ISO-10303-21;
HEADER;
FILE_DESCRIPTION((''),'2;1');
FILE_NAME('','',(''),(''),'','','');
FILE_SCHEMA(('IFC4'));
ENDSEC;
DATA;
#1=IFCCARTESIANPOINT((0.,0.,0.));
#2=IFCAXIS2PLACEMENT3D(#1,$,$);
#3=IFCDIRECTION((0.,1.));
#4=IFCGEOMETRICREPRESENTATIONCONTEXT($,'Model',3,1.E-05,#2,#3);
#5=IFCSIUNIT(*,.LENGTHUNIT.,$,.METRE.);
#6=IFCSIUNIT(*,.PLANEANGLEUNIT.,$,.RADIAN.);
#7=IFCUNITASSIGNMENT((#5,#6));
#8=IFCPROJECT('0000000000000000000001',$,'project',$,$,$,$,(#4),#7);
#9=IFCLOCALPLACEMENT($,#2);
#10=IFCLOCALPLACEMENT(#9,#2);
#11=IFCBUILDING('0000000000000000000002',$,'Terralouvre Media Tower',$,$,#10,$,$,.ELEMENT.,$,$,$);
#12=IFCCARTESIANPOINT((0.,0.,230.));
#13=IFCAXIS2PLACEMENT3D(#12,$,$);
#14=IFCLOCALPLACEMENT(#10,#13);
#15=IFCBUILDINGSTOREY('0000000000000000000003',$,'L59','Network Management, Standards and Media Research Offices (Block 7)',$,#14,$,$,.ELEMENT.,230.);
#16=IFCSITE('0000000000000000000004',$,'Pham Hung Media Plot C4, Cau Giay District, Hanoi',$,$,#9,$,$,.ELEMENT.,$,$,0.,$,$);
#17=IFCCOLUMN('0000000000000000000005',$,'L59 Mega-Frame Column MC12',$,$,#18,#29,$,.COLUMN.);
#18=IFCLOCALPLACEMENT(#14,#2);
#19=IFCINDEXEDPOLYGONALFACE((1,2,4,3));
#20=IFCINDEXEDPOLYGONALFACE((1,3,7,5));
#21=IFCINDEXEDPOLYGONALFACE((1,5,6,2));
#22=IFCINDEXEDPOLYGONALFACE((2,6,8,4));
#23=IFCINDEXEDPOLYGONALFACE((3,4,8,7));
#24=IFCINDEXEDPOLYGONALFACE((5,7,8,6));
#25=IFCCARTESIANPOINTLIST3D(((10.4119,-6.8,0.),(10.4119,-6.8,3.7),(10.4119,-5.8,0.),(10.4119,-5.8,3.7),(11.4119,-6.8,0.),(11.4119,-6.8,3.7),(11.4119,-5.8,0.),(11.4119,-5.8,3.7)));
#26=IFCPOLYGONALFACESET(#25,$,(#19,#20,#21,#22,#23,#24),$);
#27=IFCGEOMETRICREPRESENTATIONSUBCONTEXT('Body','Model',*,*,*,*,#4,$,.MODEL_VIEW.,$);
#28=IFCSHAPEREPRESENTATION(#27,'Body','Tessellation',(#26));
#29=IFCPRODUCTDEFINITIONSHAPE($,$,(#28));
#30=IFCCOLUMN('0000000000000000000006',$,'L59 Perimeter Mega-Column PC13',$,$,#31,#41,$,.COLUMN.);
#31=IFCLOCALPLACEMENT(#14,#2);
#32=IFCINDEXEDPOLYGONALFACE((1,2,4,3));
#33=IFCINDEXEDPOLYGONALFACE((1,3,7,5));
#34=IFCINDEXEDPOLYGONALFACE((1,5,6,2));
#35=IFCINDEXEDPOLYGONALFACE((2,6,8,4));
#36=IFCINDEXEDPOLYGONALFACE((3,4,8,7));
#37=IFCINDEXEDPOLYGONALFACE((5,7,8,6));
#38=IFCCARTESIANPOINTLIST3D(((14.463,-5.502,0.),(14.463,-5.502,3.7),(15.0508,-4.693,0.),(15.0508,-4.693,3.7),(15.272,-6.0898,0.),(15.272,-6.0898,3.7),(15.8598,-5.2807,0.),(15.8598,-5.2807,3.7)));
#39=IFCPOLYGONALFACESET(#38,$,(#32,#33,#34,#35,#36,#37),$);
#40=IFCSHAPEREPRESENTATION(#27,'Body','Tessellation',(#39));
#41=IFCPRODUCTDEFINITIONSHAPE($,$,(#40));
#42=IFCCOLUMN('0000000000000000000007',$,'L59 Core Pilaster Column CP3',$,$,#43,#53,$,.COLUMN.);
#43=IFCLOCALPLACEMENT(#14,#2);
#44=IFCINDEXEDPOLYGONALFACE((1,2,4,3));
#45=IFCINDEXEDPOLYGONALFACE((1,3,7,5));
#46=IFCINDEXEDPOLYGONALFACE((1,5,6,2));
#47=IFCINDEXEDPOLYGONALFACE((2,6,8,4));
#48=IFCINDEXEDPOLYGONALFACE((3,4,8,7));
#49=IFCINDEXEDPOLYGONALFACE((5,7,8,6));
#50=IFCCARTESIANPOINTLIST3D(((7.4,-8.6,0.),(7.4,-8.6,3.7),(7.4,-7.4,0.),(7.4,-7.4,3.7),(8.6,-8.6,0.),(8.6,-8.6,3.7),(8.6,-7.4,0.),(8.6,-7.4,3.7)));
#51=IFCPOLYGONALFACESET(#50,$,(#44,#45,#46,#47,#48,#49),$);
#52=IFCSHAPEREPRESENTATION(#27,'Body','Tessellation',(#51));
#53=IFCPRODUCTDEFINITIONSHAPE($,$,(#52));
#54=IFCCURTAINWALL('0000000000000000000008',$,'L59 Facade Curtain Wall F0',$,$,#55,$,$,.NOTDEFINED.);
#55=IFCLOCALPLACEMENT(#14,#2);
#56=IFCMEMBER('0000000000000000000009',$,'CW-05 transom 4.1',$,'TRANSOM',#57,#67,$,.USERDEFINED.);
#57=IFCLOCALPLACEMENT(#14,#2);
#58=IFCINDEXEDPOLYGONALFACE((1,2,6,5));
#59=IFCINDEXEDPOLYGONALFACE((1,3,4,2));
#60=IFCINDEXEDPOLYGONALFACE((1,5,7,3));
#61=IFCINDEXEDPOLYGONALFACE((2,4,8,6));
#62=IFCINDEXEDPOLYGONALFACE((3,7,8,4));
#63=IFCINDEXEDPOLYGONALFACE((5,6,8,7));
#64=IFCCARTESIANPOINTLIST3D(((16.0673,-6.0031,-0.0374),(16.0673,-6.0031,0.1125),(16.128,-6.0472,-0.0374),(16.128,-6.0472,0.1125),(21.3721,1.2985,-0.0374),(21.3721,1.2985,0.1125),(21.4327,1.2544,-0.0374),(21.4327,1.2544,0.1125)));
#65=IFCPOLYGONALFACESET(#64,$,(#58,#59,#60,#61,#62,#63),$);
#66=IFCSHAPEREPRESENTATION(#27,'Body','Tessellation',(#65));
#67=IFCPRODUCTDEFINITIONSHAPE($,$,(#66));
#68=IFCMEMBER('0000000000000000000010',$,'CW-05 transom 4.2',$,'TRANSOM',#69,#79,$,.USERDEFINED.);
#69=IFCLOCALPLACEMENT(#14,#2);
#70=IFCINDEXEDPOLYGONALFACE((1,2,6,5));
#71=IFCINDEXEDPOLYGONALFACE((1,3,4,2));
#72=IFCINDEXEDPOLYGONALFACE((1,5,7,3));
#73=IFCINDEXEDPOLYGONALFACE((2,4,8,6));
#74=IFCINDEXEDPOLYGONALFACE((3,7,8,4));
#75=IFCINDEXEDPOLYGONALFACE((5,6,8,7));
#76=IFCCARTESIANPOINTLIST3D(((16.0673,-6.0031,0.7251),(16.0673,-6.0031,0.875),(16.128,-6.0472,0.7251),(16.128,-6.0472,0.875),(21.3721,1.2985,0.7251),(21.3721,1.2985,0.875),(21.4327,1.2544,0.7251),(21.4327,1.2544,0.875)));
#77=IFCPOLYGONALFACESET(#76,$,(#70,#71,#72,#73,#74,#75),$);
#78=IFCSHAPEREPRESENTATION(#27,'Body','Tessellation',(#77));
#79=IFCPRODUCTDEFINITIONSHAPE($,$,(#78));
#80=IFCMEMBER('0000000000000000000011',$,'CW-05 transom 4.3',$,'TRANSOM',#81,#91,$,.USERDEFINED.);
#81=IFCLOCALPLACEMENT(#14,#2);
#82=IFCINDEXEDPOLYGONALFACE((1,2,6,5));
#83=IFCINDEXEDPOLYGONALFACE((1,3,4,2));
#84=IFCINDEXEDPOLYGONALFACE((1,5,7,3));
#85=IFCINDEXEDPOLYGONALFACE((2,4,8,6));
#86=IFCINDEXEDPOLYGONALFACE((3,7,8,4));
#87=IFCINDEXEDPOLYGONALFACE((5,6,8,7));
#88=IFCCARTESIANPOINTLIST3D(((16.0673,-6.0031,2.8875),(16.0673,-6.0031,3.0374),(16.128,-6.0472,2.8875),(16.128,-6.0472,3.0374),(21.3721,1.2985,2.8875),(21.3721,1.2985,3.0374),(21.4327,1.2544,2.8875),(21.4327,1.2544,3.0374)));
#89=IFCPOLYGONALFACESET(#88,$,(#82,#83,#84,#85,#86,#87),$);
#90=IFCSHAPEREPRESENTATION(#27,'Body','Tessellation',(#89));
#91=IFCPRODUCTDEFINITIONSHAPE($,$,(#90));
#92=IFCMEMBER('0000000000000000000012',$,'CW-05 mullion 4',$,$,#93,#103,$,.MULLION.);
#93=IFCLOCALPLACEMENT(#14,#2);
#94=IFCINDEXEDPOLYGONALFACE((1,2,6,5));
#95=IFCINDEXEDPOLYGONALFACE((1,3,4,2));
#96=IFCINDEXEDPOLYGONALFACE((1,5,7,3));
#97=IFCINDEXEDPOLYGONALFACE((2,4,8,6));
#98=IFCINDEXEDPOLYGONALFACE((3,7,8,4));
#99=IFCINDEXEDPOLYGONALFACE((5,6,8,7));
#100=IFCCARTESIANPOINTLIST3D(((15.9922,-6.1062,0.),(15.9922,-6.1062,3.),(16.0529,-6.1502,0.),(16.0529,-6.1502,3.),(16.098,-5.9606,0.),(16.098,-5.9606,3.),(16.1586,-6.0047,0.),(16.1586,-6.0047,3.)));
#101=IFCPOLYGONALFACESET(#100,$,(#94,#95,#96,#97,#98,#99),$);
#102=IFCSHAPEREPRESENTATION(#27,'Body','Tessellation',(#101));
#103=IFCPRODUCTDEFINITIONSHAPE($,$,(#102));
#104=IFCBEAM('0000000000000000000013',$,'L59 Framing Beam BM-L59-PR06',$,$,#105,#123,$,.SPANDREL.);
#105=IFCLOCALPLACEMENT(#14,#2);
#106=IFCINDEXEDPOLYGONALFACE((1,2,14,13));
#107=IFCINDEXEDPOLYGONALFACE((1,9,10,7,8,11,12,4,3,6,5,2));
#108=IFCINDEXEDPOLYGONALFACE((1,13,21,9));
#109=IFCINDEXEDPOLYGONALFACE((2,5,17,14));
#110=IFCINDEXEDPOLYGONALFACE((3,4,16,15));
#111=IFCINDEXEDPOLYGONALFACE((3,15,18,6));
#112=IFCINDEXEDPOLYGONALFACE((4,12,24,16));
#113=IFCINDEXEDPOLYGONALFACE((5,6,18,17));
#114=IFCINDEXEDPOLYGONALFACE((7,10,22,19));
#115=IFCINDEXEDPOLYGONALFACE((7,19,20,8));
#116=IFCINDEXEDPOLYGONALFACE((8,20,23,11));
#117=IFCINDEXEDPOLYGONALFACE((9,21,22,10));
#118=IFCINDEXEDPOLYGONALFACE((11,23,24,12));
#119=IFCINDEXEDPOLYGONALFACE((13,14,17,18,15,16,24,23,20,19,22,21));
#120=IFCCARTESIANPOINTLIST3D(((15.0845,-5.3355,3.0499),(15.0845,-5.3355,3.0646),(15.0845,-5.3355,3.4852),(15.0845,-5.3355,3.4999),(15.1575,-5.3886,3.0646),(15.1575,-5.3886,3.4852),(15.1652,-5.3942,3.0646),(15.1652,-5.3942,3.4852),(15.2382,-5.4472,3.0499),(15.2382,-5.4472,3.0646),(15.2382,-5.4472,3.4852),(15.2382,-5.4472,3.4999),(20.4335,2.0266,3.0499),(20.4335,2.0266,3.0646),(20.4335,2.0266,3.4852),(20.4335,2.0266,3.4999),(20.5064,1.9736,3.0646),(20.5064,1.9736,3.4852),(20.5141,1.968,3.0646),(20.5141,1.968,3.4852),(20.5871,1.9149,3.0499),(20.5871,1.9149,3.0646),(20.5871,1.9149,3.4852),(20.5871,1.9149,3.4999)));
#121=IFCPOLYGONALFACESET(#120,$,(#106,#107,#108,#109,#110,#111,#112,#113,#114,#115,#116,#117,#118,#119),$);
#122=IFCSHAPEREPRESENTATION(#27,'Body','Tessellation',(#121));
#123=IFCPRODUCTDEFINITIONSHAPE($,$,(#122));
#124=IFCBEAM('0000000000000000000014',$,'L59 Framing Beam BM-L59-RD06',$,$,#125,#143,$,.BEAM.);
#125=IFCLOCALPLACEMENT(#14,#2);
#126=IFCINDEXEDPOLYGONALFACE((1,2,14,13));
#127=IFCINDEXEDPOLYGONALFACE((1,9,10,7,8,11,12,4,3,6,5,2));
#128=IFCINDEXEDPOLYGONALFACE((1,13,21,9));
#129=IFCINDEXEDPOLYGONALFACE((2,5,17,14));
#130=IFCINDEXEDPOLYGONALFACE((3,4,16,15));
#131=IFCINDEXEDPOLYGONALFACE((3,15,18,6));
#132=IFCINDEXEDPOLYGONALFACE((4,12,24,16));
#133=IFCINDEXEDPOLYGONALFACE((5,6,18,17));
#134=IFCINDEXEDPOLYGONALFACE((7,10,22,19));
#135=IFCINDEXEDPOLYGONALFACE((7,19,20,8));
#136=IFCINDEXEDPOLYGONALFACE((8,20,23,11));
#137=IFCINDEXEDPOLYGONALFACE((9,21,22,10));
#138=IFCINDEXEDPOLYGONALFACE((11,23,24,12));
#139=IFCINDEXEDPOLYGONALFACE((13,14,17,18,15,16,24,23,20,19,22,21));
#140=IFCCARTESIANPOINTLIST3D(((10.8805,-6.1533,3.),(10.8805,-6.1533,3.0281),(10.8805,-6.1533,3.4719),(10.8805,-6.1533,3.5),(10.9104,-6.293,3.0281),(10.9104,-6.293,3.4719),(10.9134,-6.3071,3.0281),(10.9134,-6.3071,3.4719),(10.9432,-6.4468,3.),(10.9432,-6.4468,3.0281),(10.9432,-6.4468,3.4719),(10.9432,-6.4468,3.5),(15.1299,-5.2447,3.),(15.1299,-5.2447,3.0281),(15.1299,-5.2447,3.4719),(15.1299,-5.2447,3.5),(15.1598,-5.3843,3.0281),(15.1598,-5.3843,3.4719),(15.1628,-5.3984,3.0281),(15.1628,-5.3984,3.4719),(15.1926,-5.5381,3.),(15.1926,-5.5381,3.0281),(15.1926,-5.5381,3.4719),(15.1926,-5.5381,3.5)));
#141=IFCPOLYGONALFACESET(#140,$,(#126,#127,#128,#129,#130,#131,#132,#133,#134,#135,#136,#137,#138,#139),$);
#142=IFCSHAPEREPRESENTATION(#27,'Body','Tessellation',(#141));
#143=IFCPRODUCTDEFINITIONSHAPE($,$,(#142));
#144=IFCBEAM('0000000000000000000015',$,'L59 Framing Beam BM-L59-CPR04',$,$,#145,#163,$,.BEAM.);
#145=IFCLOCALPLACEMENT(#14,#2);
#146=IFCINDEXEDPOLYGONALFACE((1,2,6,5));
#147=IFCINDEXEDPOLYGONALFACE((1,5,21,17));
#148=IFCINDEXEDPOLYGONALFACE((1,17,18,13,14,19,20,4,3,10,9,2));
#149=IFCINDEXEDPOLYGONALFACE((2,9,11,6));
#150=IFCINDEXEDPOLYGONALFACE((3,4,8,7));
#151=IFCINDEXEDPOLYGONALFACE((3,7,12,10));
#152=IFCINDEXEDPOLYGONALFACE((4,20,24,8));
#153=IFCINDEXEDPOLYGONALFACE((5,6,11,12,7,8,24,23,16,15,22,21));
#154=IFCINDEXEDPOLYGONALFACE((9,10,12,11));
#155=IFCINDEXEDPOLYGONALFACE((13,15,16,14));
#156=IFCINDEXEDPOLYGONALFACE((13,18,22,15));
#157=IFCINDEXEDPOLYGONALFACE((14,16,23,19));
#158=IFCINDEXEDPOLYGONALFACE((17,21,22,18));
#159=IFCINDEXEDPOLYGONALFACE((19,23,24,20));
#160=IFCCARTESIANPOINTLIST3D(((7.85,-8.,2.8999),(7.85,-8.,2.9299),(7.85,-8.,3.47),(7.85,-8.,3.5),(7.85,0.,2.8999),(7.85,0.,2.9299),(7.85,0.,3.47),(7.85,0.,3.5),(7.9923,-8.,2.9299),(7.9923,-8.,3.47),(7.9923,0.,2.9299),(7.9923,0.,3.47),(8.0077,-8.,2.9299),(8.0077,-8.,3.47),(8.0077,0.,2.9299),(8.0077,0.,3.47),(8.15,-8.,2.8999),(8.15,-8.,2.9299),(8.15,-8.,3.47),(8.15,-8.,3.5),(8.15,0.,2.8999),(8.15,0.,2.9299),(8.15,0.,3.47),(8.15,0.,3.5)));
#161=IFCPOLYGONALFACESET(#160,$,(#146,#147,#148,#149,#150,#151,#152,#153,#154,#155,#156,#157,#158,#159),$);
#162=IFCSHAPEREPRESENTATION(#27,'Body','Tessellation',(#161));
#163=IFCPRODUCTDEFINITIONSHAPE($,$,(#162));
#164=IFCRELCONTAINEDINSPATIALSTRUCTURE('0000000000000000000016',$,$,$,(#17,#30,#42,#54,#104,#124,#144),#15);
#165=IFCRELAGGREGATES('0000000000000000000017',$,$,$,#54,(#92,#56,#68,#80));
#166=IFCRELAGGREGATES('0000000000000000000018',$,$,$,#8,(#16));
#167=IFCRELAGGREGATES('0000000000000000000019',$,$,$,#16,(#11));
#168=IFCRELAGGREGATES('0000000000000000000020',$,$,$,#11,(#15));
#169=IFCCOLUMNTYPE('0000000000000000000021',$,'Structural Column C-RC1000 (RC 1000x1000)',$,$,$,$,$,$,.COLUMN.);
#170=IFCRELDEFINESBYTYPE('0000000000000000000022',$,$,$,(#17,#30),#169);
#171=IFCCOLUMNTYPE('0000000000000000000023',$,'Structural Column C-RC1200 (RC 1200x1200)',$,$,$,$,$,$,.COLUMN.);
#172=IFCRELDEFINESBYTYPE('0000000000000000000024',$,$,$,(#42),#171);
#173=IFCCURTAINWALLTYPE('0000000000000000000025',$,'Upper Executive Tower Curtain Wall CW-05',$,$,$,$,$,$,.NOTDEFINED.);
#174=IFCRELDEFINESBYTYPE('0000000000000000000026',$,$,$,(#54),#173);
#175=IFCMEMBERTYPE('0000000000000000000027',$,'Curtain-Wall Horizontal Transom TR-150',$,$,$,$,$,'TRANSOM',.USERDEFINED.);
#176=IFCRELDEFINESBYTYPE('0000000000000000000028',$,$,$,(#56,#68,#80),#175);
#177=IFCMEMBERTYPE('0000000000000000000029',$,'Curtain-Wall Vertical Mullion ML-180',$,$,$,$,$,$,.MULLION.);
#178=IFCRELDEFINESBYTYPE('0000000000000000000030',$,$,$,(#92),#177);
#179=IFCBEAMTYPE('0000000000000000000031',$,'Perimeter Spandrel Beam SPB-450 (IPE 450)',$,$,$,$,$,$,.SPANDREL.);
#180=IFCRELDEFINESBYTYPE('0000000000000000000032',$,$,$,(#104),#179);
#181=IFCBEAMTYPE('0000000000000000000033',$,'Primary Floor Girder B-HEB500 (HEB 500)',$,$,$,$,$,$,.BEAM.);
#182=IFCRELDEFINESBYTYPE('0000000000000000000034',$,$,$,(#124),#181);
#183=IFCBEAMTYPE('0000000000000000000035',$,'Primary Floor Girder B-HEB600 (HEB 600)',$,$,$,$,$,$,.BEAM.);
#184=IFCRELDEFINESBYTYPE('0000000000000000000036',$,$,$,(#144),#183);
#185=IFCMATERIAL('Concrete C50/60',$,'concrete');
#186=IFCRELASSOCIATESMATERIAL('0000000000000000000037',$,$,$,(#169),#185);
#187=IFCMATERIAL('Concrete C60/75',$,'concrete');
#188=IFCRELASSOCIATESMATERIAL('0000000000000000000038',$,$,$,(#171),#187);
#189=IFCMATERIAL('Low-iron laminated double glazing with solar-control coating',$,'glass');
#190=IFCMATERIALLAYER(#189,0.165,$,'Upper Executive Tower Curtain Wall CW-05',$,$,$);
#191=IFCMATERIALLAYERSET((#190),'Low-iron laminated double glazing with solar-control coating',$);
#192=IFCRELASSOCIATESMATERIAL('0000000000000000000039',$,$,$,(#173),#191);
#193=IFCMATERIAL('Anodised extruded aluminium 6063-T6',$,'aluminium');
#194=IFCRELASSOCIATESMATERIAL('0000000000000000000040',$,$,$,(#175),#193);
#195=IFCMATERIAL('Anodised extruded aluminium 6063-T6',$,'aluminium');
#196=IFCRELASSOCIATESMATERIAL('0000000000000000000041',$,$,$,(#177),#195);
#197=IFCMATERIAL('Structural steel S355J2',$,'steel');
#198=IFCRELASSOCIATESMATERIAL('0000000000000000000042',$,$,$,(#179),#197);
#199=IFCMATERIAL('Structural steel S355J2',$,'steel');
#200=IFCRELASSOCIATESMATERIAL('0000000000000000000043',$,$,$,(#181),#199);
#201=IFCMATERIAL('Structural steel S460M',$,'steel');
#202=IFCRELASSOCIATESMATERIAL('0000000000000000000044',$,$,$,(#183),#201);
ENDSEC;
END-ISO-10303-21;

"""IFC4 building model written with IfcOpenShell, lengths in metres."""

from ifc_helpers import new_model, si_unit, direction, frame, origin, origin_2d, place, context, subcontext, project, spatial, rectangle, i_section, extrude, material, layer, layer_set, material_profile, profile_set, type_object, element, aggregate, save


model = new_model("IFC4")

# Units and contexts
model_context = context("Model", 3, precision=1e-05, world=origin(), true_north=direction((0.0, 1.0)))
body_context = subcontext(model_context, "Body", "Model", "MODEL_VIEW")
ifc_project = project(units=[si_unit("LENGTHUNIT", "METRE"), si_unit("PLANEANGLEUNIT", "RADIAN")], contexts=[model_context])

# Site, building, storey
site_placement = place(None, origin())
site = spatial("IfcSite", under=ifc_project, at=site_placement, Name="Pham Hung Media Plot C4, Cau Giay District, Hanoi", CompositionType="ELEMENT", RefElevation=0.0)
building_placement = place(site_placement, origin())
building = spatial("IfcBuilding", under=site, at=building_placement, Name="Terralouvre Media Tower", CompositionType="ELEMENT")
storey_placement = place(building_placement, frame((0.0, 0.0, 230.0)))
storey = spatial("IfcBuildingStorey", under=building, at=storey_placement, Name="L59", Description="Network Management, Standards and Media Research Offices (Block 7)", CompositionType="ELEMENT", Elevation=230.0)

# Columns
ifc_material_1 = material(Name="Concrete C50/60", Category="concrete")
ifc_material_profile_1 = material_profile(ifc_material_1, rectangle(XDim=1.0, YDim=1.0, at=origin_2d()), Name="RC 1000x1000")
ifc_profile_set_1 = profile_set([ifc_material_profile_1], Name="Concrete C50/60")
column_type_1 = type_object("IfcColumnType", Name="Structural Column C-RC1000 (RC 1000x1000)", PredefinedType="COLUMN", material=ifc_profile_set_1)
for number, where, z_axis, x_axis, name in (
    (1, (10.9119, -6.3, 0.0), (0.0, 0.0, 1.0), (1.0, 0.0, 0.0), "L59 Mega-Frame Column MC12"),
    (2, (15.1614, -5.3914, 0.0), (0.0, 0.0, 1.0), (0.587785, 0.809017, 0.0), "L59 Perimeter Mega-Column PC13"),
):
    element("IfcColumn", number, at=place(storey_placement, frame(where, z_axis=z_axis, x_axis=x_axis)), inside=storey, type_object=column_type_1, Name=name, PredefinedType="COLUMN", context=body_context, shape_type="SweptSolid", body=[
        extrude(rectangle(XDim=1.0, YDim=1.0, at=origin_2d()), origin(), (0.0, 0.0, 1.0), 3.7),
    ])
ifc_material_2 = material(Name="Concrete C60/75", Category="concrete")
ifc_material_profile_2 = material_profile(ifc_material_2, rectangle(XDim=1.2, YDim=1.2, at=origin_2d()), Name="RC 1200x1200")
ifc_profile_set_2 = profile_set([ifc_material_profile_2], Name="Concrete C60/75")
column_type_2 = type_object("IfcColumnType", Name="Structural Column C-RC1200 (RC 1200x1200)", PredefinedType="COLUMN", material=ifc_profile_set_2)
column_placement = place(storey_placement, frame((8.0, -8.0, 0.0), z_axis=(0.0, 0.0, 1.0), x_axis=(1.0, 0.0, 0.0)))
element("IfcColumn", 3, at=column_placement, inside=storey, type_object=column_type_2, Name="L59 Core Pilaster Column CP3", PredefinedType="COLUMN", context=body_context, shape_type="SweptSolid", body=[
    extrude(rectangle(XDim=1.2, YDim=1.2, at=origin_2d()), origin(), (0.0, 0.0, 1.0), 3.7),
])

# Curtain wall, members
ifc_material_3 = material(Name="Low-iron laminated double glazing with solar-control coating", Category="glass")
ifc_layer_1 = layer(ifc_material_3, 0.165, Name="Upper Executive Tower Curtain Wall CW-05")
ifc_layer_set_1 = layer_set([ifc_layer_1], Name="Low-iron laminated double glazing with solar-control coating")
curtain_wall_type = type_object("IfcCurtainWallType", Name="Upper Executive Tower Curtain Wall CW-05", PredefinedType="NOTDEFINED", material=ifc_layer_set_1)
curtain_wall_placement = place(storey_placement, origin())
curtain_wall = element("IfcCurtainWall", 4, at=curtain_wall_placement, inside=storey, type_object=curtain_wall_type, Name="L59 Facade Curtain Wall F0", PredefinedType="NOTDEFINED")
ifc_material_4 = material(Name="Anodised extruded aluminium 6063-T6", Category="aluminium")
ifc_material_profile_3 = material_profile(ifc_material_4, rectangle(XDim=0.075, YDim=0.1499, at=origin_2d()), Name="ALU 75x150")
ifc_profile_set_3 = profile_set([ifc_material_profile_3], Name="Anodised extruded aluminium 6063-T6")
member_type_1 = type_object("IfcMemberType", Name="Curtain-Wall Horizontal Transom TR-150", ElementType="TRANSOM", PredefinedType="USERDEFINED", material=ifc_profile_set_3)
member_1_placement = place(storey_placement, frame((16.0977, -6.0251, 0.0376), z_axis=(0.587773, 0.809026, 0.0), x_axis=(-0.809026, 0.587773, 0.0)))
member_1 = element("IfcMember", 5, at=member_1_placement, type_object=member_type_1, Name="CW-05 transom 4.1", ObjectType="TRANSOM", PredefinedType="USERDEFINED", context=body_context, shape_type="SweptSolid", body=[
    extrude(rectangle(XDim=0.075, YDim=0.1499, at=origin_2d()), origin(), (0.0, 0.0, 1.0), 9.0251),
])
member_2_placement = place(storey_placement, frame((16.0977, -6.0251, 0.8), z_axis=(0.587773, 0.809026, 0.0), x_axis=(-0.809026, 0.587773, 0.0)))
member_2 = element("IfcMember", 6, at=member_2_placement, type_object=member_type_1, Name="CW-05 transom 4.2", ObjectType="TRANSOM", PredefinedType="USERDEFINED", context=body_context, shape_type="SweptSolid", body=[
    extrude(rectangle(XDim=0.075, YDim=0.1499, at=origin_2d()), origin(), (0.0, 0.0, 1.0), 9.0251),
])
member_3_placement = place(storey_placement, frame((16.0977, -6.0251, 2.9624), z_axis=(0.587773, 0.809026, 0.0), x_axis=(-0.809026, 0.587773, 0.0)))
member_3 = element("IfcMember", 7, at=member_3_placement, type_object=member_type_1, Name="CW-05 transom 4.3", ObjectType="TRANSOM", PredefinedType="USERDEFINED", context=body_context, shape_type="SweptSolid", body=[
    extrude(rectangle(XDim=0.075, YDim=0.1499, at=origin_2d()), origin(), (0.0, 0.0, 1.0), 9.0251),
])
ifc_material_5 = material(Name="Anodised extruded aluminium 6063-T6", Category="aluminium")
ifc_material_profile_4 = material_profile(ifc_material_5, rectangle(XDim=0.075, YDim=0.1799, at=origin_2d()), Name="ALU 75x180")
ifc_profile_set_4 = profile_set([ifc_material_profile_4], Name="Anodised extruded aluminium 6063-T6")
member_type_2 = type_object("IfcMemberType", Name="Curtain-Wall Vertical Mullion ML-180", PredefinedType="MULLION", material=ifc_profile_set_4)
member_4_placement = place(storey_placement, frame((16.0754, -6.0554, 0.0), z_axis=(0.0, 0.0, 1.0), x_axis=(-0.809017, 0.587785, 0.0)))
member_4 = element("IfcMember", 8, at=member_4_placement, type_object=member_type_2, Name="CW-05 mullion 4", PredefinedType="MULLION", context=body_context, shape_type="SweptSolid", body=[
    extrude(rectangle(XDim=0.075, YDim=0.1799, at=origin_2d()), origin(), (0.0, 0.0, 1.0), 3.0),
])

# Beams
ifc_material_6 = material(Name="Structural steel S355J2", Category="steel")
ifc_material_profile_5 = material_profile(ifc_material_6, i_section(OverallWidth=0.1899, OverallDepth=0.45, WebThickness=0.0095, FlangeThickness=0.0146, at=origin_2d()), Name="IPE 450")
ifc_profile_set_5 = profile_set([ifc_material_profile_5], Name="Structural steel S355J2")
beam_type_1 = type_object("IfcBeamType", Name="Perimeter Spandrel Beam SPB-450 (IPE 450)", PredefinedType="SPANDREL", material=ifc_profile_set_5)
beam_1_placement = place(storey_placement, frame((15.1614, -5.3914, 3.2749), z_axis=(0.587787, 0.809016, 0.0), x_axis=(-0.809016, 0.587787, 0.0)))
element("IfcBeam", 9, at=beam_1_placement, inside=storey, type_object=beam_type_1, Name="L59 Framing Beam BM-L59-PR06", PredefinedType="SPANDREL", context=body_context, shape_type="SweptSolid", body=[
    extrude(i_section(OverallWidth=0.1899, OverallDepth=0.45, WebThickness=0.0095, FlangeThickness=0.0146, at=origin_2d()), origin(), (0.0, 0.0, 1.0), 9.1001),
])
ifc_material_7 = material(Name="Structural steel S355J2", Category="steel")
ifc_material_profile_6 = material_profile(ifc_material_7, i_section(OverallWidth=0.3, OverallDepth=0.5, WebThickness=0.0144, FlangeThickness=0.0281, at=origin_2d()), Name="HEB 500")
ifc_profile_set_6 = profile_set([ifc_material_profile_6], Name="Structural steel S355J2")
beam_type_2 = type_object("IfcBeamType", Name="Primary Floor Girder B-HEB500 (HEB 500)", PredefinedType="BEAM", material=ifc_profile_set_6)
beam_2_placement = place(storey_placement, frame((10.9119, -6.3, 3.25), z_axis=(0.977893, 0.209107, 0.0), x_axis=(-0.209107, 0.977893, 0.0)))
element("IfcBeam", 10, at=beam_2_placement, inside=storey, type_object=beam_type_2, Name="L59 Framing Beam BM-L59-RD06", PredefinedType="BEAM", context=body_context, shape_type="SweptSolid", body=[
    extrude(i_section(OverallWidth=0.3, OverallDepth=0.5, WebThickness=0.0144, FlangeThickness=0.0281, at=origin_2d()), origin(), (0.0, 0.0, 1.0), 4.3455),
])
ifc_material_8 = material(Name="Structural steel S460M", Category="steel")
ifc_material_profile_7 = material_profile(ifc_material_8, i_section(OverallWidth=0.3, OverallDepth=0.6001, WebThickness=0.0154, FlangeThickness=0.03, at=origin_2d()), Name="HEB 600")
ifc_profile_set_7 = profile_set([ifc_material_profile_7], Name="Structural steel S460M")
beam_type_3 = type_object("IfcBeamType", Name="Primary Floor Girder B-HEB600 (HEB 600)", PredefinedType="BEAM", material=ifc_profile_set_7)
beam_3_placement = place(storey_placement, frame((8.0, -8.0, 3.2), z_axis=(0.0, 1.0, 0.0), x_axis=(-1.0, 0.0, 0.0)))
element("IfcBeam", 11, at=beam_3_placement, inside=storey, type_object=beam_type_3, Name="L59 Framing Beam BM-L59-CPR04", PredefinedType="BEAM", context=body_context, shape_type="SweptSolid", body=[
    extrude(i_section(OverallWidth=0.3, OverallDepth=0.6001, WebThickness=0.0154, FlangeThickness=0.03, at=origin_2d()), origin(), (0.0, 0.0, 1.0), 8.0),
])

aggregate(curtain_wall, [member_4, member_1, member_2, member_3])

save(model, "model.ifc")
